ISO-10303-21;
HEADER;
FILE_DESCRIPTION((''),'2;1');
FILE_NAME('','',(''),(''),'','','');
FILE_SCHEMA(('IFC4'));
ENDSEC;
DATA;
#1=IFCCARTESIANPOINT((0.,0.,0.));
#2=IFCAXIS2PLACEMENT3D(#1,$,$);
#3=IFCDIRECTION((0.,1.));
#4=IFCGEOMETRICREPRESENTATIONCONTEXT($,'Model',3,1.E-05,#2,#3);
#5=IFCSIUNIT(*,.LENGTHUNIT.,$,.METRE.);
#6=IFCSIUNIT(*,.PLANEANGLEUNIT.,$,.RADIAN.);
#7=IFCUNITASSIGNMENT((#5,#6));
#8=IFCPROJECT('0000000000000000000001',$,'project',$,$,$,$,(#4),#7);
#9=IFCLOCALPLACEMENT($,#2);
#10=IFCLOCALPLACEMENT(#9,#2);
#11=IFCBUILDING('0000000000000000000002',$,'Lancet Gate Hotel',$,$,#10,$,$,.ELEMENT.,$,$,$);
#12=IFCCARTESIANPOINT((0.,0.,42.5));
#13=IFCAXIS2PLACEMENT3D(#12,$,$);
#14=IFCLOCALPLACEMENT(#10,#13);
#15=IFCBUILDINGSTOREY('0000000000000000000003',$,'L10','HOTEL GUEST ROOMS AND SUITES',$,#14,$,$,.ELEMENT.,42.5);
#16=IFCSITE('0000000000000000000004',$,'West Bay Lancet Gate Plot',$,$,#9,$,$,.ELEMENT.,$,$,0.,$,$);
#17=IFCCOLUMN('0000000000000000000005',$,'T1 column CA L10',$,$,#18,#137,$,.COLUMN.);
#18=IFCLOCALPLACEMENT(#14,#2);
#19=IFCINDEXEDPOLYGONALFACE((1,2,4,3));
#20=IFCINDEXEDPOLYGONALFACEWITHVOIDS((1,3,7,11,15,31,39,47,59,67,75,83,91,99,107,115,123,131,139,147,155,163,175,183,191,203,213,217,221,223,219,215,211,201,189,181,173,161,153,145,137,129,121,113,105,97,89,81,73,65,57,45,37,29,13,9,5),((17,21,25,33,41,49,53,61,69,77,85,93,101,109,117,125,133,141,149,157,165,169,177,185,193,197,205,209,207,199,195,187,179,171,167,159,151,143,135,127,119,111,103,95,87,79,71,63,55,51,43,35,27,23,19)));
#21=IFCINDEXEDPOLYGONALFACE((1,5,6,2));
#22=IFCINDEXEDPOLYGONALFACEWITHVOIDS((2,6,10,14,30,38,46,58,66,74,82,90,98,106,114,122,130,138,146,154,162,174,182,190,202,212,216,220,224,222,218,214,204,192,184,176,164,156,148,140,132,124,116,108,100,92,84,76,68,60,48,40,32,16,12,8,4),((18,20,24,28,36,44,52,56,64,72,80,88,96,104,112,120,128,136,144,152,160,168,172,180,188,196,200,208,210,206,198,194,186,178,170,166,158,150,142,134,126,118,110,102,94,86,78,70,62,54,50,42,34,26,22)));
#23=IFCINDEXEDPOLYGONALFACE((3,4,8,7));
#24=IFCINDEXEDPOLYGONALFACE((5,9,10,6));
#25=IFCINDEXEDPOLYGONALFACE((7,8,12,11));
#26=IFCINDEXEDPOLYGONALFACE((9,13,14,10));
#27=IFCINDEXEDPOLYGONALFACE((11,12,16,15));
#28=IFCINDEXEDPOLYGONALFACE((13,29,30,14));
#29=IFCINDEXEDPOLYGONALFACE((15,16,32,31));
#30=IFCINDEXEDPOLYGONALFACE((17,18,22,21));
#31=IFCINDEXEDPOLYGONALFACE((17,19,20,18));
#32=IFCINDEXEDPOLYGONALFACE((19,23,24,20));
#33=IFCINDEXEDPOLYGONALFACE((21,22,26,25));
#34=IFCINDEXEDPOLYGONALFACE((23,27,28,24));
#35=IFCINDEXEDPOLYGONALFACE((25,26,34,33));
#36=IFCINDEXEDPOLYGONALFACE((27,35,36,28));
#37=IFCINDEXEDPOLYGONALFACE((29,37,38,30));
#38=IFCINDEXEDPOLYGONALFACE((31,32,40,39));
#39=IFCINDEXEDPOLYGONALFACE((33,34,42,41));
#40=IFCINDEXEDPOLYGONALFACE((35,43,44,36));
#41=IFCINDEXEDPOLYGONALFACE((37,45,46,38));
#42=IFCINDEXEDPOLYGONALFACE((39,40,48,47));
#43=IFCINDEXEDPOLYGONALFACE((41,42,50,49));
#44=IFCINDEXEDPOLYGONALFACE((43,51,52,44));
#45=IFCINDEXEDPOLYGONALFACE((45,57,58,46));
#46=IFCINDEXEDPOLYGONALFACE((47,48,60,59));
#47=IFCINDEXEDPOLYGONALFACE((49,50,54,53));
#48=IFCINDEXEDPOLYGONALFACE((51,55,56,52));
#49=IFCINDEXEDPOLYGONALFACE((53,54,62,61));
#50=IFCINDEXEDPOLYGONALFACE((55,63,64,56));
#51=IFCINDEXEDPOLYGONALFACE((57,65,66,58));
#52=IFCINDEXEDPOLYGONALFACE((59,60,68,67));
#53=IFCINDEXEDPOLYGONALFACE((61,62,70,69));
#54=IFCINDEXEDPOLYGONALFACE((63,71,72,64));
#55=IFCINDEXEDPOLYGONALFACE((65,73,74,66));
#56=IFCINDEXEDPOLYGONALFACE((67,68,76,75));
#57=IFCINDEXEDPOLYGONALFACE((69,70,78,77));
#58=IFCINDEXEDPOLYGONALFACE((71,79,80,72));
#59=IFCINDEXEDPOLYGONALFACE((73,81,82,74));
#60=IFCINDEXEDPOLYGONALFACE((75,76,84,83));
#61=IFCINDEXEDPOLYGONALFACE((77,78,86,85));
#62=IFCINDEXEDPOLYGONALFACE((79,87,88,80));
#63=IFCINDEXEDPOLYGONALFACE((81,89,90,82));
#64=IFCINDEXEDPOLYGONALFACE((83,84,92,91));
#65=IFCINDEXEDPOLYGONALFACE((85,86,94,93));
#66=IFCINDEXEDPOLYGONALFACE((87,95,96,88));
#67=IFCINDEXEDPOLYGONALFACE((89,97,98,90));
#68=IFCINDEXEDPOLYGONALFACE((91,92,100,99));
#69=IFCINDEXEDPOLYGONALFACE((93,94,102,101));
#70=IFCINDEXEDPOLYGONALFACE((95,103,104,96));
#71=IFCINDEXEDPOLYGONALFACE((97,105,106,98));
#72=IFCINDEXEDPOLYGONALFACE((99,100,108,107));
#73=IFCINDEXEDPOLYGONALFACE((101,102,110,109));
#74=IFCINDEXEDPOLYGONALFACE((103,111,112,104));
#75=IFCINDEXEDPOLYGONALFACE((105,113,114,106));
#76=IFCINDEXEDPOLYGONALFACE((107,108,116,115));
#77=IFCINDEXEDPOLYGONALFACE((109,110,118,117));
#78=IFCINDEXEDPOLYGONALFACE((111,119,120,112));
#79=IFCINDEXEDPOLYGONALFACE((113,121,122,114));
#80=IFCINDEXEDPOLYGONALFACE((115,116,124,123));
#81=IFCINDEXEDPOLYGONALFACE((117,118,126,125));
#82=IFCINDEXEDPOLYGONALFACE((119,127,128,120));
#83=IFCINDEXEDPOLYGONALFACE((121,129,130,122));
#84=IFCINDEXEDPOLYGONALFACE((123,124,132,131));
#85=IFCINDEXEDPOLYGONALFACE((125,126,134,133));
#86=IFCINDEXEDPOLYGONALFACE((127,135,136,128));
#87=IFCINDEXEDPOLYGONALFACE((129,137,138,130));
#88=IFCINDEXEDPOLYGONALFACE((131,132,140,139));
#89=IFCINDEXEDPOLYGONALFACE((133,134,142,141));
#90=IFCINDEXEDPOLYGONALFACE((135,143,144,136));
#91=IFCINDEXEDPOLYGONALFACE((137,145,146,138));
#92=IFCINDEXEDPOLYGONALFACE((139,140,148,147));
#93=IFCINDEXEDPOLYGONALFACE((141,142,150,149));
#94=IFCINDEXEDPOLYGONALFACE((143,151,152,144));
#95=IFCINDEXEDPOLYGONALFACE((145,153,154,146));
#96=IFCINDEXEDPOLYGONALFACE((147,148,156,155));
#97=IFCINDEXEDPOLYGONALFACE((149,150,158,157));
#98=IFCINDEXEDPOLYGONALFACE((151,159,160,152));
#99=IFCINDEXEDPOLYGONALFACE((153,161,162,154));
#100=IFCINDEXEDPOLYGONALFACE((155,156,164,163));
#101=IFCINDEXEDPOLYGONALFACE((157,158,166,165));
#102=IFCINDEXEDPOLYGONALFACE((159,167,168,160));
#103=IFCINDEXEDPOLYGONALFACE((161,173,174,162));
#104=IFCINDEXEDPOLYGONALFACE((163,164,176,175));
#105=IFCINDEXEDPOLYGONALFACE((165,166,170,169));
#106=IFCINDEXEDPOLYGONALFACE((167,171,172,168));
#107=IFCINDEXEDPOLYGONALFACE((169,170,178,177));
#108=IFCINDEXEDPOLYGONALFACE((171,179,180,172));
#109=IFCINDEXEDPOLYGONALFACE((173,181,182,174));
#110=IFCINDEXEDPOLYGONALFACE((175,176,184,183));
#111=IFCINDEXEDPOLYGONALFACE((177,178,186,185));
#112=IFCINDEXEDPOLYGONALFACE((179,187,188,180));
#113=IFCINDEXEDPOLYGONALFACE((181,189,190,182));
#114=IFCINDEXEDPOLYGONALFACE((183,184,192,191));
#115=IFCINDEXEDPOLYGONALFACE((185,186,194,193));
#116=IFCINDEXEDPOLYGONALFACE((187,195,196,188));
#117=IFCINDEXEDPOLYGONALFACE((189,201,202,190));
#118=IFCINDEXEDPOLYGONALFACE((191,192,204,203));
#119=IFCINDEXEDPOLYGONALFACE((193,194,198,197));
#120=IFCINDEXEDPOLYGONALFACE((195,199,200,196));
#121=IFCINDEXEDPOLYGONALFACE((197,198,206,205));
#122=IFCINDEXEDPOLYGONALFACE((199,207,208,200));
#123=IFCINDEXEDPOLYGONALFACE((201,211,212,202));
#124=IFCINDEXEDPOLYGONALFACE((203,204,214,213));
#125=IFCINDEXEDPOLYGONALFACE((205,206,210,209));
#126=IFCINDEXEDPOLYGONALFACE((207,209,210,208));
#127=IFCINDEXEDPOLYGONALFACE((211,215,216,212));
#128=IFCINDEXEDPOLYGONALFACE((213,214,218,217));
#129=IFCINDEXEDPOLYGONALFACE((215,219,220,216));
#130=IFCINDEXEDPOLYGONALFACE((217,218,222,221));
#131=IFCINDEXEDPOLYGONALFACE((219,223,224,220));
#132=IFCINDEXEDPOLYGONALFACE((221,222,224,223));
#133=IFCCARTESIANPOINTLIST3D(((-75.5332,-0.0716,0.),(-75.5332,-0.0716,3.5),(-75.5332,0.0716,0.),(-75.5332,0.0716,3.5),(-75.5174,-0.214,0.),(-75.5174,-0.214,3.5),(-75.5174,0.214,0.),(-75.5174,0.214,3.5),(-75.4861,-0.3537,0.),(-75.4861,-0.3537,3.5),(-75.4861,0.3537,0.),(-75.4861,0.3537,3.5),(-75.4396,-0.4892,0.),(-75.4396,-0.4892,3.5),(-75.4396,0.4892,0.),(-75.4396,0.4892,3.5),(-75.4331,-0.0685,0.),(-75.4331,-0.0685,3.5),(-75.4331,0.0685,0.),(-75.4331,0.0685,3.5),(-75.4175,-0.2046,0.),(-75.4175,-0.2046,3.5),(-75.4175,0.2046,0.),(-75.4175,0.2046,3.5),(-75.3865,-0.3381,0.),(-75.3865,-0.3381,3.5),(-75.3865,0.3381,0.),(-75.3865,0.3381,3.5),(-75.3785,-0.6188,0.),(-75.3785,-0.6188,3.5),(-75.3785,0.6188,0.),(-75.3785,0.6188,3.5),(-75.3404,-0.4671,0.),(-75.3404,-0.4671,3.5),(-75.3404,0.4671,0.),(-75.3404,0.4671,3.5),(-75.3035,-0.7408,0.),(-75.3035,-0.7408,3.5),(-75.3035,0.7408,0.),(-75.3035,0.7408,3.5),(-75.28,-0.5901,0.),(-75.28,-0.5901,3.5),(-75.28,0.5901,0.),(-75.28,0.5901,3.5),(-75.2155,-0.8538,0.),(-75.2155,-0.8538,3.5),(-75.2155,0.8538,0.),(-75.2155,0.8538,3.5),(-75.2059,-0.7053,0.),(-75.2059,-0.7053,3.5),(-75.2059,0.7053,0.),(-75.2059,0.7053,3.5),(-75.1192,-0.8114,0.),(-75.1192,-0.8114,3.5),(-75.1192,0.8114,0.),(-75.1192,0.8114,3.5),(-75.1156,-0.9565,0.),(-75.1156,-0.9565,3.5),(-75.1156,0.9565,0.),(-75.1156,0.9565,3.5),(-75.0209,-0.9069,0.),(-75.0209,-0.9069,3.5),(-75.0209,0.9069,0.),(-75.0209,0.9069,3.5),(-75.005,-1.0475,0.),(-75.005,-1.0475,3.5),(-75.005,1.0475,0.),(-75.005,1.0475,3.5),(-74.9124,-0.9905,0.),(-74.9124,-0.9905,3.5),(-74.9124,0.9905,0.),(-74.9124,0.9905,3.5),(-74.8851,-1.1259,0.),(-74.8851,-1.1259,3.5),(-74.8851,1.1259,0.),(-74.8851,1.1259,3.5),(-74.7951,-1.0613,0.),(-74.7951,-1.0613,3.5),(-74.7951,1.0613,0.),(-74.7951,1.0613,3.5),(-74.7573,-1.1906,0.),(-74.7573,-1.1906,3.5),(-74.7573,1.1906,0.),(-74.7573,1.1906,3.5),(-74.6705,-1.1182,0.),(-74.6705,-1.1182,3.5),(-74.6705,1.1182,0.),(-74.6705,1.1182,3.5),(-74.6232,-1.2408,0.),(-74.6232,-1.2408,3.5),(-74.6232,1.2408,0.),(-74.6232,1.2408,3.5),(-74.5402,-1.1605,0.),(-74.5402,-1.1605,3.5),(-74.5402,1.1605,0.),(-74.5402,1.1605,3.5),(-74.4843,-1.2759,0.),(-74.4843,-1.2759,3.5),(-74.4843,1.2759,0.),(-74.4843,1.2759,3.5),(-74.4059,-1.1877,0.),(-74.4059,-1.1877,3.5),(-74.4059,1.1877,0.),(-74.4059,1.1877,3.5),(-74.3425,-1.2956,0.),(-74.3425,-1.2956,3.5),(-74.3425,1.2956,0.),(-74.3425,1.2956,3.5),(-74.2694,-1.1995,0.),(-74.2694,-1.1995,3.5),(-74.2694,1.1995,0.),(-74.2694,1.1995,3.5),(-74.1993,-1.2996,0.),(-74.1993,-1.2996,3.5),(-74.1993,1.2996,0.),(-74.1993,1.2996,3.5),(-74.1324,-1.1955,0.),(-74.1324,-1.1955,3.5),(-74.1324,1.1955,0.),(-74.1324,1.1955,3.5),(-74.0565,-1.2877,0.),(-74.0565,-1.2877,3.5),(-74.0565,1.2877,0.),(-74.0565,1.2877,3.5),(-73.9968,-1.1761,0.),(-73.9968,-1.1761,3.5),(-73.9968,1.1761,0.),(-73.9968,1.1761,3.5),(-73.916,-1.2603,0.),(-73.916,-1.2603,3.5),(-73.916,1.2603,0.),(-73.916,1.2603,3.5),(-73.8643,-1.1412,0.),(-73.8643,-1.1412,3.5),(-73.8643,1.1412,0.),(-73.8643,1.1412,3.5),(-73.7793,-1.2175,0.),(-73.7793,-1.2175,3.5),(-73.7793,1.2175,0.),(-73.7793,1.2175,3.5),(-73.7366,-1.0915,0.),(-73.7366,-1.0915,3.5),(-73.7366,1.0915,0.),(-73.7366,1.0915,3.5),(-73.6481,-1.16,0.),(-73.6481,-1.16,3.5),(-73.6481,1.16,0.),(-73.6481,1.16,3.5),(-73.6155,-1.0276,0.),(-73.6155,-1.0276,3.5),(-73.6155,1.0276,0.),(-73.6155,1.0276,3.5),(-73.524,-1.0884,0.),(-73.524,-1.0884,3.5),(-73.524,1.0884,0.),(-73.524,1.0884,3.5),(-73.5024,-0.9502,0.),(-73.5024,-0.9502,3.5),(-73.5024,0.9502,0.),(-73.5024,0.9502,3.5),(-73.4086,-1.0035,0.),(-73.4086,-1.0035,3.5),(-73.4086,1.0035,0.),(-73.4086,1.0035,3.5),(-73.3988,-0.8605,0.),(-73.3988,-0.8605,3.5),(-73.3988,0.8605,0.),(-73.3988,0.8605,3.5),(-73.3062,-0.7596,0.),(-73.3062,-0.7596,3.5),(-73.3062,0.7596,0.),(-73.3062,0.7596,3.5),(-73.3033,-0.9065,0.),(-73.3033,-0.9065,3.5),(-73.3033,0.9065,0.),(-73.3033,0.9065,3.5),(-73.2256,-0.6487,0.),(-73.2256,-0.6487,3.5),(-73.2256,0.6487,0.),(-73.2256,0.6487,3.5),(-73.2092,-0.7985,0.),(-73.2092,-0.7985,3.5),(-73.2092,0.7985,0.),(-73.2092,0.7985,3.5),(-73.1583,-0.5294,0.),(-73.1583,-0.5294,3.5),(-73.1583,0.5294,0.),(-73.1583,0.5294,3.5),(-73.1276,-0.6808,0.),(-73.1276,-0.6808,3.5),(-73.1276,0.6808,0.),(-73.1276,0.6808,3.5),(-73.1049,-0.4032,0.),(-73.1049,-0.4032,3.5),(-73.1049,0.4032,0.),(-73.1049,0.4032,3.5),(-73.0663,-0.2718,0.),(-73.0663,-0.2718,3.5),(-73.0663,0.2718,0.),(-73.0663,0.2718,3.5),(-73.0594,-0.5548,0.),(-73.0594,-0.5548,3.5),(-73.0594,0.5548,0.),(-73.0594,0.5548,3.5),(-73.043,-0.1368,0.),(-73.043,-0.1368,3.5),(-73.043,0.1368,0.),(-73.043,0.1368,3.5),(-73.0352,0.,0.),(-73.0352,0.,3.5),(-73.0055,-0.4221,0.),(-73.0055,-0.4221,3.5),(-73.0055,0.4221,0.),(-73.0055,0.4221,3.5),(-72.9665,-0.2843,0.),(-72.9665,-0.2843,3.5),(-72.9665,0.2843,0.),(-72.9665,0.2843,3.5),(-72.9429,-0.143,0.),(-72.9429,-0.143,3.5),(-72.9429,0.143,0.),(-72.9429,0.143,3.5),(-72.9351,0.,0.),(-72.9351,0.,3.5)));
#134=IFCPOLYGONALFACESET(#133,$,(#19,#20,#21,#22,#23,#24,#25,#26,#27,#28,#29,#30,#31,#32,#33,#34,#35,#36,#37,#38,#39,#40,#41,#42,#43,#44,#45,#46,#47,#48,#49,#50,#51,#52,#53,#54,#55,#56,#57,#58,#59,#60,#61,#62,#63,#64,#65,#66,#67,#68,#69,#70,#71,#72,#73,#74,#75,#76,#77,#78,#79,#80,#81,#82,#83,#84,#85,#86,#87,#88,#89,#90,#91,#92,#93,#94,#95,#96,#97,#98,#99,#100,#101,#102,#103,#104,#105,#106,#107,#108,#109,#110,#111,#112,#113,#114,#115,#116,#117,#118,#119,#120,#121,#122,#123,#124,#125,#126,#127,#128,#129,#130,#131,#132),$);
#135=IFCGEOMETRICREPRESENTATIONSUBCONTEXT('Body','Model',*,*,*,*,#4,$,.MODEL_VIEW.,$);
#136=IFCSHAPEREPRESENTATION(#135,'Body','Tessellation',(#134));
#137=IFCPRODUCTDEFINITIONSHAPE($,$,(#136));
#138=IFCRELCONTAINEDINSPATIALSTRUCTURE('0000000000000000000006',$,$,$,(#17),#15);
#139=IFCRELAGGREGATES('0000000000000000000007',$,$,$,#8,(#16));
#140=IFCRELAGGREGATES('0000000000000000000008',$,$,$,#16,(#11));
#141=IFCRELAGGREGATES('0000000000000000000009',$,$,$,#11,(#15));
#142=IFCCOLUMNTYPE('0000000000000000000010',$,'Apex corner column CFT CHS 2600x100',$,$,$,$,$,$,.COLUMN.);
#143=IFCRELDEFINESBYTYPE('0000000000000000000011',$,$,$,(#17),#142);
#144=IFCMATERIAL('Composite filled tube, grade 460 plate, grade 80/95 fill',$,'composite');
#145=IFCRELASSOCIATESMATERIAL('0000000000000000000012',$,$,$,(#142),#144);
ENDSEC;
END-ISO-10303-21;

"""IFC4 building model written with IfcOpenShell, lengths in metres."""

from ifc_helpers import new_model, si_unit, direction, frame, origin, origin_2d, place, context, subcontext, project, spatial, hollow_circle, extrude, material, material_profile, profile_set, type_object, element, save


model = new_model("IFC4")

# Units and contexts
model_context = context("Model", 3, precision=1e-05, world=origin(), true_north=direction((0.0, 1.0)))
body_context = subcontext(model_context, "Body", "Model", "MODEL_VIEW")
ifc_project = project(units=[si_unit("LENGTHUNIT", "METRE"), si_unit("PLANEANGLEUNIT", "RADIAN")], contexts=[model_context])

# Site, building, storey
site_placement = place(None, origin())
site = spatial("IfcSite", under=ifc_project, at=site_placement, Name="West Bay Lancet Gate Plot", CompositionType="ELEMENT", RefElevation=0.0)
building_placement = place(site_placement, origin())
building = spatial("IfcBuilding", under=site, at=building_placement, Name="Lancet Gate Hotel", CompositionType="ELEMENT")
storey_placement = place(building_placement, frame((0.0, 0.0, 42.5)))
storey = spatial("IfcBuildingStorey", under=building, at=storey_placement, Name="L10", Description="HOTEL GUEST ROOMS AND SUITES", CompositionType="ELEMENT", Elevation=42.5)

# Column
ifc_material_1 = material(Name="Composite filled tube, grade 460 plate, grade 80/95 fill", Category="composite")
ifc_material_profile_1 = material_profile(ifc_material_1, hollow_circle(Radius=1.3, WallThickness=0.1001, at=origin_2d()), Name="CHS 2600x100")
ifc_profile_set_1 = profile_set([ifc_material_profile_1], Name="Composite filled tube, grade 460 plate, grade 80/95 fill")
column_type_1 = type_object("IfcColumnType", Name="Apex corner column CFT CHS 2600x100", PredefinedType="COLUMN", material=ifc_profile_set_1)
column_1_placement = place(storey_placement, frame((-74.2351, 0.0, 0.0), z_axis=(0.0, 0.0, 1.0), x_axis=(1.0, 0.0, 0.0)))
element("IfcColumn", 1, at=column_1_placement, inside=storey, type_object=column_type_1, Name="T1 column CA L10", PredefinedType="COLUMN", context=body_context, shape_type="SweptSolid", body=[
    extrude(hollow_circle(Radius=1.3, WallThickness=0.1001, at=origin_2d()), origin(), (0.0, 0.0, 1.0), 3.5),
])

save(model, "model.ifc")
